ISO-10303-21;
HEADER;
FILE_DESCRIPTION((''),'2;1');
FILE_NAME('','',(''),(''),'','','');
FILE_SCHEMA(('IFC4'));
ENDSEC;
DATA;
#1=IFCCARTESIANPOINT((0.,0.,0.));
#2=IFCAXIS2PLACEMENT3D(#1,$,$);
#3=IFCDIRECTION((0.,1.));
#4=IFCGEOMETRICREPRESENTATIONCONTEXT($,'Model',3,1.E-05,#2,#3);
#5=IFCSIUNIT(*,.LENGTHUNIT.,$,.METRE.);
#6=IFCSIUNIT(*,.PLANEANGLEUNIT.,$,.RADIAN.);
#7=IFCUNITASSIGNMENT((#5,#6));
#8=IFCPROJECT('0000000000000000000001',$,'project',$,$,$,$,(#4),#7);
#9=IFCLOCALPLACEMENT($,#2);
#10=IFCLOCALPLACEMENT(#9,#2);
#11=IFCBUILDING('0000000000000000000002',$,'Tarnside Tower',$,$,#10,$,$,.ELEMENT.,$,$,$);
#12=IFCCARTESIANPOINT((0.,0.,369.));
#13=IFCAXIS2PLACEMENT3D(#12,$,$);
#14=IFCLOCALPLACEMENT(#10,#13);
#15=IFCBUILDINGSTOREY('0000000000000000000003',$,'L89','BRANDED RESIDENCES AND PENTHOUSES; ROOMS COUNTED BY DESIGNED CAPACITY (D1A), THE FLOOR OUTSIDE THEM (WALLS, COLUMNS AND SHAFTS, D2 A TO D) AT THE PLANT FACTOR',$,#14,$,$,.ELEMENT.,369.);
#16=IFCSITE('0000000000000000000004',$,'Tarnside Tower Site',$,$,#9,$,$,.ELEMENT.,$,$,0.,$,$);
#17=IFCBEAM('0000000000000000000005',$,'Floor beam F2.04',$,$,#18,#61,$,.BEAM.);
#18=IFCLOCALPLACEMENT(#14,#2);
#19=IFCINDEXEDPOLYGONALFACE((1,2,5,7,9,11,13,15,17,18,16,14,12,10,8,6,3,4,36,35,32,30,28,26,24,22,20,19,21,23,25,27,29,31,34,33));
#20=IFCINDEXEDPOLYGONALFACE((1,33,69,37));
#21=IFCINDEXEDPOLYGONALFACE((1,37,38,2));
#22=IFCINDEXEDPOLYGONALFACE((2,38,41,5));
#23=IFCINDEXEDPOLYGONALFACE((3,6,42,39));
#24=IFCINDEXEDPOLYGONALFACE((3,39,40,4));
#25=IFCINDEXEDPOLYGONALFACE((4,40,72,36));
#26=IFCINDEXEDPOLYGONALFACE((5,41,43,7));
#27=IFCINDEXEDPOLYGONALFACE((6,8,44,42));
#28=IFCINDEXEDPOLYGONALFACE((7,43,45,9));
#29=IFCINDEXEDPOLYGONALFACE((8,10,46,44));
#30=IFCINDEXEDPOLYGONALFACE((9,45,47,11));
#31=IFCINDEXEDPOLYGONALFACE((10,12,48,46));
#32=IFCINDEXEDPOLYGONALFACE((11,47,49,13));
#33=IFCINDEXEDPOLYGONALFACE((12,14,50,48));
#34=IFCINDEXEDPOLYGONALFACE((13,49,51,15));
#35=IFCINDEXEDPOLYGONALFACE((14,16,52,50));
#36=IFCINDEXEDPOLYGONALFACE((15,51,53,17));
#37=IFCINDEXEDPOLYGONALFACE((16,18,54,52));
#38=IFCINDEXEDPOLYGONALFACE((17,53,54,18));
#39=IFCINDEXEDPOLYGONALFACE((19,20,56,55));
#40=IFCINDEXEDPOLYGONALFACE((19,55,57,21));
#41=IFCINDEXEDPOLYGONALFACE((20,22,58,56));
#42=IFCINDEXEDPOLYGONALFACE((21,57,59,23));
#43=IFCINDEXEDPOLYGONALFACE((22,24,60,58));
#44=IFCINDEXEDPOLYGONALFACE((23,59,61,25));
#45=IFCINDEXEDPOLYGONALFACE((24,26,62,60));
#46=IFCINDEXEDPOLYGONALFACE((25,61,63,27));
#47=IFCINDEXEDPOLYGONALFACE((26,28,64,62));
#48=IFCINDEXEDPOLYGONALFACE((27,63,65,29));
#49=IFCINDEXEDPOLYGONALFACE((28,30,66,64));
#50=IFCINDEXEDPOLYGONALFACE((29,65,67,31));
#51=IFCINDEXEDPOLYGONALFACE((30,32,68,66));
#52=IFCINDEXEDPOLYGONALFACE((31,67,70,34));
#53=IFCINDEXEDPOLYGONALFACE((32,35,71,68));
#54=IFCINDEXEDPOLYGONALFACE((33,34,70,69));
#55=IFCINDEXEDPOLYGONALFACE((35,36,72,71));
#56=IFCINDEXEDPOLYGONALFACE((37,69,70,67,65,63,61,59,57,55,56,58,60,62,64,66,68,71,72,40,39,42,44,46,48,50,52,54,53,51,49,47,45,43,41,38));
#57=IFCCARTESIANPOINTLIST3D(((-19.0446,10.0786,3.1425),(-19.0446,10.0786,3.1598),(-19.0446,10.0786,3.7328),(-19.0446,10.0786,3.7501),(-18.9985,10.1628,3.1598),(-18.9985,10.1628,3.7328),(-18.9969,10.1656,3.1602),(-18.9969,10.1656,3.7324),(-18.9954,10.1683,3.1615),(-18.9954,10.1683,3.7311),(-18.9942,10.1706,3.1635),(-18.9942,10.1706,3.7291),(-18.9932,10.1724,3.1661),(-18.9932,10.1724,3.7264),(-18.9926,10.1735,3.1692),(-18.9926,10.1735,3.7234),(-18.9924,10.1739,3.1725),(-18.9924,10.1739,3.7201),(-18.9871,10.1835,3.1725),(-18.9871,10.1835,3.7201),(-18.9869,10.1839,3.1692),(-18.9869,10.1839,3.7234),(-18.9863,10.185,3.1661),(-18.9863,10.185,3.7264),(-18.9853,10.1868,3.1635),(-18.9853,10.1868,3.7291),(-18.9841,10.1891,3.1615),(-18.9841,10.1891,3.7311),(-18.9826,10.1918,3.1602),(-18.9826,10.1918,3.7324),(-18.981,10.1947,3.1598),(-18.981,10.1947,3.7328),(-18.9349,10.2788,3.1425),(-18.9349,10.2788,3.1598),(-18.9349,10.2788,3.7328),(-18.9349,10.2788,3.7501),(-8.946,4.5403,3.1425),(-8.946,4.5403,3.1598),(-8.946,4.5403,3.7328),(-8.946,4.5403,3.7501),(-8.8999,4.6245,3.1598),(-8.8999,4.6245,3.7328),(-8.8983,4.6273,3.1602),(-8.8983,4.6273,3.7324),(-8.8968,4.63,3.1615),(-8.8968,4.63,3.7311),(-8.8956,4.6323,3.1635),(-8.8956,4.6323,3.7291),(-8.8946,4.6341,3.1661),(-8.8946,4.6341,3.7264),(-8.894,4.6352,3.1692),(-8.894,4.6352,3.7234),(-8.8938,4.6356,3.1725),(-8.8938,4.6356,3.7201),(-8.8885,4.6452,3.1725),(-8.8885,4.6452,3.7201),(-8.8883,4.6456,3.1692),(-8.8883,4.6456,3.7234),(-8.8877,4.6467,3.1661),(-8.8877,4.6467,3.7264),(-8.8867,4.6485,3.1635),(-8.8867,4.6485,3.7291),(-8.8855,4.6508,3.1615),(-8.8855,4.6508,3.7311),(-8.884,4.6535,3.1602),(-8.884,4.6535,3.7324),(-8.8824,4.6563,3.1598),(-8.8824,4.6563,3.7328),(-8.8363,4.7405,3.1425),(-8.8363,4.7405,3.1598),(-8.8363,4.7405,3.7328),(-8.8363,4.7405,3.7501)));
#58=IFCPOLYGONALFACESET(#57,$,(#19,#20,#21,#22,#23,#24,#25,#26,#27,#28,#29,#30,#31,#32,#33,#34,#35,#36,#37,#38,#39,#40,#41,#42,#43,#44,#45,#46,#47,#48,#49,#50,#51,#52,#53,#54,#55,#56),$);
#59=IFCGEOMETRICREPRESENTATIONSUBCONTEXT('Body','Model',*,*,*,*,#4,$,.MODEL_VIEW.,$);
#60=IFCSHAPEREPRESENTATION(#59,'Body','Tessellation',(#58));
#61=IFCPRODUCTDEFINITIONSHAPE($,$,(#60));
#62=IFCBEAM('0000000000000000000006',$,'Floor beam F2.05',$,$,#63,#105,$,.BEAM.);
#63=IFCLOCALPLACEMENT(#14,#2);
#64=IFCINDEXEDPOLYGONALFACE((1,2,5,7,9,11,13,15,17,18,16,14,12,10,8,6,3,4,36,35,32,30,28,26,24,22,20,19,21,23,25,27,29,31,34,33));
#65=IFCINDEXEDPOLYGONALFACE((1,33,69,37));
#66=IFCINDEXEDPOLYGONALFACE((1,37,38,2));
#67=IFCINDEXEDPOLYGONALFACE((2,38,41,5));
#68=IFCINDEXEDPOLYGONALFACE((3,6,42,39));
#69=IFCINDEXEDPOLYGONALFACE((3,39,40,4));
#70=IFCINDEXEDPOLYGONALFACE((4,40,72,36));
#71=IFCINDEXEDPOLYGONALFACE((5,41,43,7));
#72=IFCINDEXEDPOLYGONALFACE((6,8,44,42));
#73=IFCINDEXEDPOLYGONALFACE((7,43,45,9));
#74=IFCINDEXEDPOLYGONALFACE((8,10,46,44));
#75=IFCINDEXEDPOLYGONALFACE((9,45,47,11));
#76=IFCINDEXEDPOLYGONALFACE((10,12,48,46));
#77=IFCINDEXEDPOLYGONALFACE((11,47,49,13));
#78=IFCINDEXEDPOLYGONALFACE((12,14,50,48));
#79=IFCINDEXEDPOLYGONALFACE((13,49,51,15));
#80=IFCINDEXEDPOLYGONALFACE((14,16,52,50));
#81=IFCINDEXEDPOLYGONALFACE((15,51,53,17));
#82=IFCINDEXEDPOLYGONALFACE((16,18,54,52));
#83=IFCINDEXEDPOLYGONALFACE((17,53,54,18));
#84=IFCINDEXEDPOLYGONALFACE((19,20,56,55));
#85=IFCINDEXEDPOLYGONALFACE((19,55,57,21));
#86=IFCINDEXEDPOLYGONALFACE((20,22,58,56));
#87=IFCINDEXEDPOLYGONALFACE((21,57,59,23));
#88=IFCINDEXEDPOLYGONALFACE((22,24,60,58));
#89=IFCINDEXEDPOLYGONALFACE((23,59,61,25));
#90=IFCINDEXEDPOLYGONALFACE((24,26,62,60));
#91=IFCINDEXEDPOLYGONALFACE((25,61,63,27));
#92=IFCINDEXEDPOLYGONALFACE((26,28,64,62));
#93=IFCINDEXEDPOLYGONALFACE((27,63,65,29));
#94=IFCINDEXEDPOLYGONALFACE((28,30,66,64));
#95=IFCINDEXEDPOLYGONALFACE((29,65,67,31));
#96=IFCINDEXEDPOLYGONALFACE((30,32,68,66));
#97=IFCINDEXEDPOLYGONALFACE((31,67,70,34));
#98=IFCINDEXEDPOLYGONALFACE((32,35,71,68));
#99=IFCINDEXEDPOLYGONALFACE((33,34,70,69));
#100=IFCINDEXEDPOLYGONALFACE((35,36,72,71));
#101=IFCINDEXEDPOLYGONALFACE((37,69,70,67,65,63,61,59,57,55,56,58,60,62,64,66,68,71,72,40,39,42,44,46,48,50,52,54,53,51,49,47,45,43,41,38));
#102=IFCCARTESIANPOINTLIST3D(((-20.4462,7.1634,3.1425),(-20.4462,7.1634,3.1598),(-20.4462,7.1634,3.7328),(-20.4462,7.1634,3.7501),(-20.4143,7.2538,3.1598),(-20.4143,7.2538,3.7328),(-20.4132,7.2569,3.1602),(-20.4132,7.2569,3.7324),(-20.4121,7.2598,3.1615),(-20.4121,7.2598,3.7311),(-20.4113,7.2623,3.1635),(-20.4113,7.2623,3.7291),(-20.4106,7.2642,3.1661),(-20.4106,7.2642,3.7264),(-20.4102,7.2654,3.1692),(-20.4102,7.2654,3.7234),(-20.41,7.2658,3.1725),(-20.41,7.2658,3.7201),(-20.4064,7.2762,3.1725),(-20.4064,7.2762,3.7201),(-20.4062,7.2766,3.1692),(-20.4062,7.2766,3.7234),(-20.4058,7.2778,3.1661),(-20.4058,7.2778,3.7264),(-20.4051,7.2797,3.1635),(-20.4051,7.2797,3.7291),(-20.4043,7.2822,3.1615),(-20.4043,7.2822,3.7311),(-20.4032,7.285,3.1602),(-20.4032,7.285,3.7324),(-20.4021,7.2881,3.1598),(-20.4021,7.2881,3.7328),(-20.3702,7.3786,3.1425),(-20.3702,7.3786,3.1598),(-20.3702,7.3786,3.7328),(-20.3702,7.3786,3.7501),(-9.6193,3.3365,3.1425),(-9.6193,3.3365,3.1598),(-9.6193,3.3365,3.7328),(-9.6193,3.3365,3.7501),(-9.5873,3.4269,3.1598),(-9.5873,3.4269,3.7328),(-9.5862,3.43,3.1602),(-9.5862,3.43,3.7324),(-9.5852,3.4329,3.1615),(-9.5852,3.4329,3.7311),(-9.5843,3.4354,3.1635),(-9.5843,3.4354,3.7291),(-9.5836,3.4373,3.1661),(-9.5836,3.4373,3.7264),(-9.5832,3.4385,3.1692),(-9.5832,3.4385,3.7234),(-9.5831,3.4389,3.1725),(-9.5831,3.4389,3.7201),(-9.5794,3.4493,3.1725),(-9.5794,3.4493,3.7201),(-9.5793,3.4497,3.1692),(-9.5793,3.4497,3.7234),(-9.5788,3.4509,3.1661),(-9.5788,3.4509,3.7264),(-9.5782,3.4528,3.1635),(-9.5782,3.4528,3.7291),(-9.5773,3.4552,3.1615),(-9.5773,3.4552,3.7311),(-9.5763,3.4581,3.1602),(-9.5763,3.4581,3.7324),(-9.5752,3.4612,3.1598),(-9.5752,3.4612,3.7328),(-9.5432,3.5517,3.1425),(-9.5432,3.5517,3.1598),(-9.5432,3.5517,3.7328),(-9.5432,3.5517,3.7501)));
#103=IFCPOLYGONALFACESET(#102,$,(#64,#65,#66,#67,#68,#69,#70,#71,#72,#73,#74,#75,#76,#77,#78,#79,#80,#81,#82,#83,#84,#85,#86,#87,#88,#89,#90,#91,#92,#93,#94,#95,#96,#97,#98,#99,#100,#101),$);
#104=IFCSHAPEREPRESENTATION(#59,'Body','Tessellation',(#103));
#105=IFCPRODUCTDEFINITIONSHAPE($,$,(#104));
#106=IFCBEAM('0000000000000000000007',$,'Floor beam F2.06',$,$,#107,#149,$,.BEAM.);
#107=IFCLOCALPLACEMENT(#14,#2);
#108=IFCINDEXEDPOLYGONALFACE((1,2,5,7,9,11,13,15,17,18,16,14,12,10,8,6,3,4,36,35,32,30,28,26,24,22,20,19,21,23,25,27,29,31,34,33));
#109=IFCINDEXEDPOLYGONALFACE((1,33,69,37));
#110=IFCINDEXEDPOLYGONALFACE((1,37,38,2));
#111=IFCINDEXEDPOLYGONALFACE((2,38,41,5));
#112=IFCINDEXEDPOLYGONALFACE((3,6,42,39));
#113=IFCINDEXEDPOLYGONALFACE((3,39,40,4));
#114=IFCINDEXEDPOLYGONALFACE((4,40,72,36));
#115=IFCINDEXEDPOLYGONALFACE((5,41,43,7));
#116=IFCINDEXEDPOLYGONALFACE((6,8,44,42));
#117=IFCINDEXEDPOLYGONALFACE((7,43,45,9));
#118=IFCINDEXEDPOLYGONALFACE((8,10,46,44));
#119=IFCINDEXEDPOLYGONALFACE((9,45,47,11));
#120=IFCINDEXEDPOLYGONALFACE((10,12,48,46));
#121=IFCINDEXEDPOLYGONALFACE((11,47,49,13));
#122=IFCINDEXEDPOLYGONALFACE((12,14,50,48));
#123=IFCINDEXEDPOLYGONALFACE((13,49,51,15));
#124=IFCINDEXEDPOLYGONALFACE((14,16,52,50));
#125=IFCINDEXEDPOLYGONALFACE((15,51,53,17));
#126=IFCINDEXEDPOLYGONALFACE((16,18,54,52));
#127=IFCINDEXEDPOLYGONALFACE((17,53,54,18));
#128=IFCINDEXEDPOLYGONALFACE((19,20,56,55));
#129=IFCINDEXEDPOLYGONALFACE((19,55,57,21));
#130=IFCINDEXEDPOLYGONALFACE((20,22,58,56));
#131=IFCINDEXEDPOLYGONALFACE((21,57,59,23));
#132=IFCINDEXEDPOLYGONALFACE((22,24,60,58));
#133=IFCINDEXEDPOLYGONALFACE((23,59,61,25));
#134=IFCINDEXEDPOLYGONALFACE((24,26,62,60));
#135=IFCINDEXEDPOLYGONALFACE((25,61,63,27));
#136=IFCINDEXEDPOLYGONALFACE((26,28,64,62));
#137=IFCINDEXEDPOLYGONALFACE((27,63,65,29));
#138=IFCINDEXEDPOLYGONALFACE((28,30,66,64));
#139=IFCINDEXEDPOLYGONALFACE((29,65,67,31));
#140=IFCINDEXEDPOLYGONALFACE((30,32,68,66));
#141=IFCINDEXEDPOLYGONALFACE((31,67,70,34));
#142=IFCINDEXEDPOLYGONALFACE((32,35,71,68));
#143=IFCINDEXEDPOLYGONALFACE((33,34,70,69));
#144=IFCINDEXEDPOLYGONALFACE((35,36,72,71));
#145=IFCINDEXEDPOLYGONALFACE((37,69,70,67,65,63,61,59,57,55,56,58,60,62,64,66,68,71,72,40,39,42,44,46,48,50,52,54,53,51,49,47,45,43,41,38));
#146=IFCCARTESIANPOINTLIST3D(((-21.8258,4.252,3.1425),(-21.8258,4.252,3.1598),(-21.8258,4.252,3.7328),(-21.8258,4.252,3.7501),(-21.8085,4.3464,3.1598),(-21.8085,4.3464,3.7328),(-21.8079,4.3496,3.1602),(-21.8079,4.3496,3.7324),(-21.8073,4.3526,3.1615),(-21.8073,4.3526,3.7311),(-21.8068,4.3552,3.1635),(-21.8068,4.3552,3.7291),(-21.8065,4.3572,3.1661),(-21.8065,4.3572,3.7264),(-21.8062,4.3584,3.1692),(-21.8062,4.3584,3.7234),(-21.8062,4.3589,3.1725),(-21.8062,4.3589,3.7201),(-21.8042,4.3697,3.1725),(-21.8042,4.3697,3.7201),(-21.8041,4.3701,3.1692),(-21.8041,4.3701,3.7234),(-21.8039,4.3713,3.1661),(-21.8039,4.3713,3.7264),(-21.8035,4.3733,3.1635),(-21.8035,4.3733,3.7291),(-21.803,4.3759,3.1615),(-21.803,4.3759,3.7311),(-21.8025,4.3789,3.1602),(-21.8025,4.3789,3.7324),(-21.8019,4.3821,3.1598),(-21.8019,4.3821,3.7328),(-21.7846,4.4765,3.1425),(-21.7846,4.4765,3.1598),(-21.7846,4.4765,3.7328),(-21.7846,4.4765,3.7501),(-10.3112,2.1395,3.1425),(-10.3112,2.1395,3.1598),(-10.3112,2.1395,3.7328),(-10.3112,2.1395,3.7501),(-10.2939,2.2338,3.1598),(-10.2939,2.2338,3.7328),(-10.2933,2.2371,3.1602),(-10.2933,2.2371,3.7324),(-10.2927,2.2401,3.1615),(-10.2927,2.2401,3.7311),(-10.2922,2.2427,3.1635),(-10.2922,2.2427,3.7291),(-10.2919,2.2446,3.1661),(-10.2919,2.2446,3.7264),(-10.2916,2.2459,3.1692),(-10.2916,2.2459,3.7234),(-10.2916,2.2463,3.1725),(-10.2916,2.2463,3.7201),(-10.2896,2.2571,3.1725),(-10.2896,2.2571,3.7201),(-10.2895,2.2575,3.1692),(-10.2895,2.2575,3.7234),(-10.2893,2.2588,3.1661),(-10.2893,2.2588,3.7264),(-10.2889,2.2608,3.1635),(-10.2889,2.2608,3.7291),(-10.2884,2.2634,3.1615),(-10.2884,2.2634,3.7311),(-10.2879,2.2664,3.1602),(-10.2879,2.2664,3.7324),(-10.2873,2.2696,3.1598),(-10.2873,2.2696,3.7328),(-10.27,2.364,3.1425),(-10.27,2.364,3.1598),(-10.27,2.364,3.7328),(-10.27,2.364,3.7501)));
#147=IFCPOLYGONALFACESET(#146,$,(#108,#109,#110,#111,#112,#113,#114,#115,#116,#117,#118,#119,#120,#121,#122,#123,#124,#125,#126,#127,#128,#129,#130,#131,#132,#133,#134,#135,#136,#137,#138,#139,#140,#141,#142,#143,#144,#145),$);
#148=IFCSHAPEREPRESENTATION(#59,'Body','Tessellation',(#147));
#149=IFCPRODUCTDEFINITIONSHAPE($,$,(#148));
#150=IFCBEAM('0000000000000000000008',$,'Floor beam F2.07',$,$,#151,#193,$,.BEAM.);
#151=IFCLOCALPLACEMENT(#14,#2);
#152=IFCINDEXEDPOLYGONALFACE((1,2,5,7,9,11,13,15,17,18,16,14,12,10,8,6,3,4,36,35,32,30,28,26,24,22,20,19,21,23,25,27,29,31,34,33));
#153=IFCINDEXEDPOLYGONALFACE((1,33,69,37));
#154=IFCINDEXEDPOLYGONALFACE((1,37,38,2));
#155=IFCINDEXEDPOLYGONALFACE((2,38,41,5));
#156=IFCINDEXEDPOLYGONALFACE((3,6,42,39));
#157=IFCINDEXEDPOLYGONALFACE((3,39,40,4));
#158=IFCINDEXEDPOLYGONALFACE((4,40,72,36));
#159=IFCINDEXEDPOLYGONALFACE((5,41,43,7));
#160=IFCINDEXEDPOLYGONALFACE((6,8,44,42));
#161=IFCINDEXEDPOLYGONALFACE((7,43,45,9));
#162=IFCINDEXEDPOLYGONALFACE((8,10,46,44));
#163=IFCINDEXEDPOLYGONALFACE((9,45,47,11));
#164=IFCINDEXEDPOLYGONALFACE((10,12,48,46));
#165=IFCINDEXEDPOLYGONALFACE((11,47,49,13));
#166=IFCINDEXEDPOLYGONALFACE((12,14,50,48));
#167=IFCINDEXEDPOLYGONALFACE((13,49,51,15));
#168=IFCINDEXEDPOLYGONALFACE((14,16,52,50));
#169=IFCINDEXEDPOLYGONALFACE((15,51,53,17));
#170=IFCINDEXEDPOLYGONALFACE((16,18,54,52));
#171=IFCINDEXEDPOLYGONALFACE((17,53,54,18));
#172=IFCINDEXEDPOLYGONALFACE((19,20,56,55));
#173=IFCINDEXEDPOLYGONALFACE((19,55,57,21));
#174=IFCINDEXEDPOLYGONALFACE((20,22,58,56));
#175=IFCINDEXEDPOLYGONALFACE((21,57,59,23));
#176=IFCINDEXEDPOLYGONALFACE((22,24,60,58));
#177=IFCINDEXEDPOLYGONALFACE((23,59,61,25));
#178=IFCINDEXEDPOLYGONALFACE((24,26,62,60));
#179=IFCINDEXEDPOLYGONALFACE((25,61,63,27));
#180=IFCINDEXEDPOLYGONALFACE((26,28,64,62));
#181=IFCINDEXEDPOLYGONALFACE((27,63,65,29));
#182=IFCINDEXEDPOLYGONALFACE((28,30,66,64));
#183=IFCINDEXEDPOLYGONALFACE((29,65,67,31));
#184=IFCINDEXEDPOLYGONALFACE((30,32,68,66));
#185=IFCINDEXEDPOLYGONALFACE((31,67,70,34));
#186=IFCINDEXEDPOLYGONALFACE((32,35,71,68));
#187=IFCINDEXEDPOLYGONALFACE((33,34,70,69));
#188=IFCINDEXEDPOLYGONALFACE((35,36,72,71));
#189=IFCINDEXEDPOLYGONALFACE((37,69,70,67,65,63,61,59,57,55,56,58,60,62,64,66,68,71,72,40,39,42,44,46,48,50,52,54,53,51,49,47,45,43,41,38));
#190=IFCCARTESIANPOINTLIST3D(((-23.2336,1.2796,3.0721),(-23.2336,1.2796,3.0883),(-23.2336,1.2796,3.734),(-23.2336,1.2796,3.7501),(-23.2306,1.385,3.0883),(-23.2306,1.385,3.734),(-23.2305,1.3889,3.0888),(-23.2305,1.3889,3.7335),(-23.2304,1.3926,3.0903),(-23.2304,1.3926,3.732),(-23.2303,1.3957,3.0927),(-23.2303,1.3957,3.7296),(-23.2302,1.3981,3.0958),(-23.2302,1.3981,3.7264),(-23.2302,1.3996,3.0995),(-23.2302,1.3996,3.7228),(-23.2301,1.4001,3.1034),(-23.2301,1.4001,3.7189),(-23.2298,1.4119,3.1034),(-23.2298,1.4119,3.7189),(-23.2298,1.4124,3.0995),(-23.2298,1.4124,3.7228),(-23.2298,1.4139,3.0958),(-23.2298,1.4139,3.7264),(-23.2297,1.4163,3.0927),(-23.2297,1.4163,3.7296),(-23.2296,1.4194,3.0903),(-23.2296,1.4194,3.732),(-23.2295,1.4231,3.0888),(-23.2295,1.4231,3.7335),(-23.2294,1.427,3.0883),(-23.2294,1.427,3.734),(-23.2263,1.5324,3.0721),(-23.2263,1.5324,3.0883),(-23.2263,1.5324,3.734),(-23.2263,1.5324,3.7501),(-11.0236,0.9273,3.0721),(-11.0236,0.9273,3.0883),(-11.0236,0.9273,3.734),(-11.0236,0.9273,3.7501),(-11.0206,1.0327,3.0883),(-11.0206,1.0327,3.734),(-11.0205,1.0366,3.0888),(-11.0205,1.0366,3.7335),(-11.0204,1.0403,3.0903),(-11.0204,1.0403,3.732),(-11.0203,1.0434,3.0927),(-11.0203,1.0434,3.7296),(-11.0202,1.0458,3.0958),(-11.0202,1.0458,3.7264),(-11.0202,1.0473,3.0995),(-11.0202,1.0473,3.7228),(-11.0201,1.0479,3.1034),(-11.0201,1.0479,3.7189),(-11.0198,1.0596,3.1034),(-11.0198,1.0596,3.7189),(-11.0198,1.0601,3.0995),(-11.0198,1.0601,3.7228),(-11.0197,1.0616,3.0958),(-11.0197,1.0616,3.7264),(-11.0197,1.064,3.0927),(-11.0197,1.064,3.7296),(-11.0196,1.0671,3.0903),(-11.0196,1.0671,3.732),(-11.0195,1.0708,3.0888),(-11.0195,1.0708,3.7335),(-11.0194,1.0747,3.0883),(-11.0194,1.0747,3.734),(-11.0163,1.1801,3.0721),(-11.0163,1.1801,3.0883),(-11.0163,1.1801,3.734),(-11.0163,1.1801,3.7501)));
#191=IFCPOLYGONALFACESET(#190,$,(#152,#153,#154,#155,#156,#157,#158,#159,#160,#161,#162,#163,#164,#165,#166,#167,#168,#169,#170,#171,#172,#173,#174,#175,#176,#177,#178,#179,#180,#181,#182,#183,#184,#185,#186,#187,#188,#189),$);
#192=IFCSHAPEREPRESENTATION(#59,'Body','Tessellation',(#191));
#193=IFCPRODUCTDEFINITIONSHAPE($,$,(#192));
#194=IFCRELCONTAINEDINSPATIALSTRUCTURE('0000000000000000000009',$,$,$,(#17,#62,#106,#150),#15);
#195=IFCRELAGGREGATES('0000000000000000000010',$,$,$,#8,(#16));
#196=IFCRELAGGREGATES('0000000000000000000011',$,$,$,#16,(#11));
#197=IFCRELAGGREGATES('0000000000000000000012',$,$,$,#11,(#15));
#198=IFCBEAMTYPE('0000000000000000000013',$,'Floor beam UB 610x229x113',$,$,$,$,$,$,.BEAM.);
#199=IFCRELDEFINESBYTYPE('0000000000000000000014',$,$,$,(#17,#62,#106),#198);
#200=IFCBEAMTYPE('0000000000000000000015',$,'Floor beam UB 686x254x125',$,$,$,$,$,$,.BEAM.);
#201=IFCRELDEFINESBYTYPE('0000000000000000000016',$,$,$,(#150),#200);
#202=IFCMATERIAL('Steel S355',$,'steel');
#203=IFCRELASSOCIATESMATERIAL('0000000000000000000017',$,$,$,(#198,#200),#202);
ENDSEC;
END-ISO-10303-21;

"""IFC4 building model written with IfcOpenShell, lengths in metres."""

from ifc_helpers import new_model, si_unit, direction, frame, origin, origin_2d, place, context, subcontext, project, spatial, i_section, extrude, material, material_profile, profile_set, type_object, element, save


model = new_model("IFC4")

# Units and contexts
model_context = context("Model", 3, precision=1e-05, world=origin(), true_north=direction((0.0, 1.0)))
body_context = subcontext(model_context, "Body", "Model", "MODEL_VIEW")
ifc_project = project(units=[si_unit("LENGTHUNIT", "METRE"), si_unit("PLANEANGLEUNIT", "RADIAN")], contexts=[model_context])

# Site, building, storey
site_placement = place(None, origin())
site = spatial("IfcSite", under=ifc_project, at=site_placement, Name="Tarnside Tower Site", CompositionType="ELEMENT", RefElevation=0.0)
building_placement = place(site_placement, origin())
building = spatial("IfcBuilding", under=site, at=building_placement, Name="Tarnside Tower", CompositionType="ELEMENT")
storey_placement = place(building_placement, frame((0.0, 0.0, 369.0)))
storey = spatial("IfcBuildingStorey", under=building, at=storey_placement, Name="L89", Description="BRANDED RESIDENCES AND PENTHOUSES; ROOMS COUNTED BY DESIGNED CAPACITY (D1A), THE FLOOR OUTSIDE THEM (WALLS, COLUMNS AND SHAFTS, D2 A TO D) AT THE PLANT FACTOR", CompositionType="ELEMENT", Elevation=369.0)

# Beams
ifc_material_1 = material(Name="Steel S355", Category="steel")
ifc_material_profile_1 = material_profile(ifc_material_1, i_section(OverallWidth=0.2283, OverallDepth=0.6077, WebThickness=0.011, FlangeThickness=0.0173, FilletRadius=0.0127, at=origin_2d()), Name="UB 610x229x113")
ifc_profile_set_1 = profile_set([ifc_material_profile_1], Name="Steel S355")
beam_type_1 = type_object("IfcBeamType", Name="Floor beam UB 610x229x113", PredefinedType="BEAM", material=ifc_profile_set_1)
beam_1_placement = place(storey_placement, frame((-18.9897, 10.1787, 3.4463), z_axis=(0.876799, -0.480857, 0.0), x_axis=(0.480857, 0.876799, 0.0)))
element("IfcBeam", 1, at=beam_1_placement, inside=storey, type_object=beam_type_1, Name="Floor beam F2.04", PredefinedType="BEAM", context=body_context, shape_type="SweptSolid", body=[
    extrude(i_section(OverallWidth=0.2283, OverallDepth=0.6077, WebThickness=0.011, FlangeThickness=0.0173, FilletRadius=0.0127, at=origin_2d()), origin(), (0.0, 0.0, 1.0), 11.5176),
])
beam_2_placement = place(storey_placement, frame((-20.4082, 7.271, 3.4463), z_axis=(0.942836, -0.333257, 0.0), x_axis=(0.333257, 0.942836, 0.0)))
element("IfcBeam", 2, at=beam_2_placement, inside=storey, type_object=beam_type_1, Name="Floor beam F2.05", PredefinedType="BEAM", context=body_context, shape_type="SweptSolid", body=[
    extrude(i_section(OverallWidth=0.2283, OverallDepth=0.6077, WebThickness=0.011, FlangeThickness=0.0173, FilletRadius=0.0127, at=origin_2d()), origin(), (0.0, 0.0, 1.0), 11.4834),
])
beam_3_placement = place(storey_placement, frame((-21.8052, 4.3643, 3.4463), z_axis=(0.983583, -0.180454, 0.0), x_axis=(0.180454, 0.983583, 0.0)))
element("IfcBeam", 3, at=beam_3_placement, inside=storey, type_object=beam_type_1, Name="Floor beam F2.06", PredefinedType="BEAM", context=body_context, shape_type="SweptSolid", body=[
    extrude(i_section(OverallWidth=0.2283, OverallDepth=0.6077, WebThickness=0.011, FlangeThickness=0.0173, FilletRadius=0.0127, at=origin_2d()), origin(), (0.0, 0.0, 1.0), 11.7068),
])
ifc_material_profile_2 = material_profile(ifc_material_1, i_section(OverallWidth=0.2529, OverallDepth=0.678, WebThickness=0.0117, FlangeThickness=0.0161, FilletRadius=0.0151, at=origin_2d()), Name="UB 686x254x125")
ifc_profile_set_2 = profile_set([ifc_material_profile_2], Name="Steel S355")
beam_type_2 = type_object("IfcBeamType", Name="Floor beam UB 686x254x125", PredefinedType="BEAM", material=ifc_profile_set_2)
beam_4_placement = place(storey_placement, frame((-23.23, 1.406, 3.4111), z_axis=(0.999584, -0.028841, 0.0), x_axis=(0.028841, 0.999584, 0.0)))
element("IfcBeam", 4, at=beam_4_placement, inside=storey, type_object=beam_type_2, Name="Floor beam F2.07", PredefinedType="BEAM", context=body_context, shape_type="SweptSolid", body=[
    extrude(i_section(OverallWidth=0.2529, OverallDepth=0.678, WebThickness=0.0117, FlangeThickness=0.0161, FilletRadius=0.0151, at=origin_2d()), origin(), (0.0, 0.0, 1.0), 12.2151),
])

save(model, "model.ifc")
